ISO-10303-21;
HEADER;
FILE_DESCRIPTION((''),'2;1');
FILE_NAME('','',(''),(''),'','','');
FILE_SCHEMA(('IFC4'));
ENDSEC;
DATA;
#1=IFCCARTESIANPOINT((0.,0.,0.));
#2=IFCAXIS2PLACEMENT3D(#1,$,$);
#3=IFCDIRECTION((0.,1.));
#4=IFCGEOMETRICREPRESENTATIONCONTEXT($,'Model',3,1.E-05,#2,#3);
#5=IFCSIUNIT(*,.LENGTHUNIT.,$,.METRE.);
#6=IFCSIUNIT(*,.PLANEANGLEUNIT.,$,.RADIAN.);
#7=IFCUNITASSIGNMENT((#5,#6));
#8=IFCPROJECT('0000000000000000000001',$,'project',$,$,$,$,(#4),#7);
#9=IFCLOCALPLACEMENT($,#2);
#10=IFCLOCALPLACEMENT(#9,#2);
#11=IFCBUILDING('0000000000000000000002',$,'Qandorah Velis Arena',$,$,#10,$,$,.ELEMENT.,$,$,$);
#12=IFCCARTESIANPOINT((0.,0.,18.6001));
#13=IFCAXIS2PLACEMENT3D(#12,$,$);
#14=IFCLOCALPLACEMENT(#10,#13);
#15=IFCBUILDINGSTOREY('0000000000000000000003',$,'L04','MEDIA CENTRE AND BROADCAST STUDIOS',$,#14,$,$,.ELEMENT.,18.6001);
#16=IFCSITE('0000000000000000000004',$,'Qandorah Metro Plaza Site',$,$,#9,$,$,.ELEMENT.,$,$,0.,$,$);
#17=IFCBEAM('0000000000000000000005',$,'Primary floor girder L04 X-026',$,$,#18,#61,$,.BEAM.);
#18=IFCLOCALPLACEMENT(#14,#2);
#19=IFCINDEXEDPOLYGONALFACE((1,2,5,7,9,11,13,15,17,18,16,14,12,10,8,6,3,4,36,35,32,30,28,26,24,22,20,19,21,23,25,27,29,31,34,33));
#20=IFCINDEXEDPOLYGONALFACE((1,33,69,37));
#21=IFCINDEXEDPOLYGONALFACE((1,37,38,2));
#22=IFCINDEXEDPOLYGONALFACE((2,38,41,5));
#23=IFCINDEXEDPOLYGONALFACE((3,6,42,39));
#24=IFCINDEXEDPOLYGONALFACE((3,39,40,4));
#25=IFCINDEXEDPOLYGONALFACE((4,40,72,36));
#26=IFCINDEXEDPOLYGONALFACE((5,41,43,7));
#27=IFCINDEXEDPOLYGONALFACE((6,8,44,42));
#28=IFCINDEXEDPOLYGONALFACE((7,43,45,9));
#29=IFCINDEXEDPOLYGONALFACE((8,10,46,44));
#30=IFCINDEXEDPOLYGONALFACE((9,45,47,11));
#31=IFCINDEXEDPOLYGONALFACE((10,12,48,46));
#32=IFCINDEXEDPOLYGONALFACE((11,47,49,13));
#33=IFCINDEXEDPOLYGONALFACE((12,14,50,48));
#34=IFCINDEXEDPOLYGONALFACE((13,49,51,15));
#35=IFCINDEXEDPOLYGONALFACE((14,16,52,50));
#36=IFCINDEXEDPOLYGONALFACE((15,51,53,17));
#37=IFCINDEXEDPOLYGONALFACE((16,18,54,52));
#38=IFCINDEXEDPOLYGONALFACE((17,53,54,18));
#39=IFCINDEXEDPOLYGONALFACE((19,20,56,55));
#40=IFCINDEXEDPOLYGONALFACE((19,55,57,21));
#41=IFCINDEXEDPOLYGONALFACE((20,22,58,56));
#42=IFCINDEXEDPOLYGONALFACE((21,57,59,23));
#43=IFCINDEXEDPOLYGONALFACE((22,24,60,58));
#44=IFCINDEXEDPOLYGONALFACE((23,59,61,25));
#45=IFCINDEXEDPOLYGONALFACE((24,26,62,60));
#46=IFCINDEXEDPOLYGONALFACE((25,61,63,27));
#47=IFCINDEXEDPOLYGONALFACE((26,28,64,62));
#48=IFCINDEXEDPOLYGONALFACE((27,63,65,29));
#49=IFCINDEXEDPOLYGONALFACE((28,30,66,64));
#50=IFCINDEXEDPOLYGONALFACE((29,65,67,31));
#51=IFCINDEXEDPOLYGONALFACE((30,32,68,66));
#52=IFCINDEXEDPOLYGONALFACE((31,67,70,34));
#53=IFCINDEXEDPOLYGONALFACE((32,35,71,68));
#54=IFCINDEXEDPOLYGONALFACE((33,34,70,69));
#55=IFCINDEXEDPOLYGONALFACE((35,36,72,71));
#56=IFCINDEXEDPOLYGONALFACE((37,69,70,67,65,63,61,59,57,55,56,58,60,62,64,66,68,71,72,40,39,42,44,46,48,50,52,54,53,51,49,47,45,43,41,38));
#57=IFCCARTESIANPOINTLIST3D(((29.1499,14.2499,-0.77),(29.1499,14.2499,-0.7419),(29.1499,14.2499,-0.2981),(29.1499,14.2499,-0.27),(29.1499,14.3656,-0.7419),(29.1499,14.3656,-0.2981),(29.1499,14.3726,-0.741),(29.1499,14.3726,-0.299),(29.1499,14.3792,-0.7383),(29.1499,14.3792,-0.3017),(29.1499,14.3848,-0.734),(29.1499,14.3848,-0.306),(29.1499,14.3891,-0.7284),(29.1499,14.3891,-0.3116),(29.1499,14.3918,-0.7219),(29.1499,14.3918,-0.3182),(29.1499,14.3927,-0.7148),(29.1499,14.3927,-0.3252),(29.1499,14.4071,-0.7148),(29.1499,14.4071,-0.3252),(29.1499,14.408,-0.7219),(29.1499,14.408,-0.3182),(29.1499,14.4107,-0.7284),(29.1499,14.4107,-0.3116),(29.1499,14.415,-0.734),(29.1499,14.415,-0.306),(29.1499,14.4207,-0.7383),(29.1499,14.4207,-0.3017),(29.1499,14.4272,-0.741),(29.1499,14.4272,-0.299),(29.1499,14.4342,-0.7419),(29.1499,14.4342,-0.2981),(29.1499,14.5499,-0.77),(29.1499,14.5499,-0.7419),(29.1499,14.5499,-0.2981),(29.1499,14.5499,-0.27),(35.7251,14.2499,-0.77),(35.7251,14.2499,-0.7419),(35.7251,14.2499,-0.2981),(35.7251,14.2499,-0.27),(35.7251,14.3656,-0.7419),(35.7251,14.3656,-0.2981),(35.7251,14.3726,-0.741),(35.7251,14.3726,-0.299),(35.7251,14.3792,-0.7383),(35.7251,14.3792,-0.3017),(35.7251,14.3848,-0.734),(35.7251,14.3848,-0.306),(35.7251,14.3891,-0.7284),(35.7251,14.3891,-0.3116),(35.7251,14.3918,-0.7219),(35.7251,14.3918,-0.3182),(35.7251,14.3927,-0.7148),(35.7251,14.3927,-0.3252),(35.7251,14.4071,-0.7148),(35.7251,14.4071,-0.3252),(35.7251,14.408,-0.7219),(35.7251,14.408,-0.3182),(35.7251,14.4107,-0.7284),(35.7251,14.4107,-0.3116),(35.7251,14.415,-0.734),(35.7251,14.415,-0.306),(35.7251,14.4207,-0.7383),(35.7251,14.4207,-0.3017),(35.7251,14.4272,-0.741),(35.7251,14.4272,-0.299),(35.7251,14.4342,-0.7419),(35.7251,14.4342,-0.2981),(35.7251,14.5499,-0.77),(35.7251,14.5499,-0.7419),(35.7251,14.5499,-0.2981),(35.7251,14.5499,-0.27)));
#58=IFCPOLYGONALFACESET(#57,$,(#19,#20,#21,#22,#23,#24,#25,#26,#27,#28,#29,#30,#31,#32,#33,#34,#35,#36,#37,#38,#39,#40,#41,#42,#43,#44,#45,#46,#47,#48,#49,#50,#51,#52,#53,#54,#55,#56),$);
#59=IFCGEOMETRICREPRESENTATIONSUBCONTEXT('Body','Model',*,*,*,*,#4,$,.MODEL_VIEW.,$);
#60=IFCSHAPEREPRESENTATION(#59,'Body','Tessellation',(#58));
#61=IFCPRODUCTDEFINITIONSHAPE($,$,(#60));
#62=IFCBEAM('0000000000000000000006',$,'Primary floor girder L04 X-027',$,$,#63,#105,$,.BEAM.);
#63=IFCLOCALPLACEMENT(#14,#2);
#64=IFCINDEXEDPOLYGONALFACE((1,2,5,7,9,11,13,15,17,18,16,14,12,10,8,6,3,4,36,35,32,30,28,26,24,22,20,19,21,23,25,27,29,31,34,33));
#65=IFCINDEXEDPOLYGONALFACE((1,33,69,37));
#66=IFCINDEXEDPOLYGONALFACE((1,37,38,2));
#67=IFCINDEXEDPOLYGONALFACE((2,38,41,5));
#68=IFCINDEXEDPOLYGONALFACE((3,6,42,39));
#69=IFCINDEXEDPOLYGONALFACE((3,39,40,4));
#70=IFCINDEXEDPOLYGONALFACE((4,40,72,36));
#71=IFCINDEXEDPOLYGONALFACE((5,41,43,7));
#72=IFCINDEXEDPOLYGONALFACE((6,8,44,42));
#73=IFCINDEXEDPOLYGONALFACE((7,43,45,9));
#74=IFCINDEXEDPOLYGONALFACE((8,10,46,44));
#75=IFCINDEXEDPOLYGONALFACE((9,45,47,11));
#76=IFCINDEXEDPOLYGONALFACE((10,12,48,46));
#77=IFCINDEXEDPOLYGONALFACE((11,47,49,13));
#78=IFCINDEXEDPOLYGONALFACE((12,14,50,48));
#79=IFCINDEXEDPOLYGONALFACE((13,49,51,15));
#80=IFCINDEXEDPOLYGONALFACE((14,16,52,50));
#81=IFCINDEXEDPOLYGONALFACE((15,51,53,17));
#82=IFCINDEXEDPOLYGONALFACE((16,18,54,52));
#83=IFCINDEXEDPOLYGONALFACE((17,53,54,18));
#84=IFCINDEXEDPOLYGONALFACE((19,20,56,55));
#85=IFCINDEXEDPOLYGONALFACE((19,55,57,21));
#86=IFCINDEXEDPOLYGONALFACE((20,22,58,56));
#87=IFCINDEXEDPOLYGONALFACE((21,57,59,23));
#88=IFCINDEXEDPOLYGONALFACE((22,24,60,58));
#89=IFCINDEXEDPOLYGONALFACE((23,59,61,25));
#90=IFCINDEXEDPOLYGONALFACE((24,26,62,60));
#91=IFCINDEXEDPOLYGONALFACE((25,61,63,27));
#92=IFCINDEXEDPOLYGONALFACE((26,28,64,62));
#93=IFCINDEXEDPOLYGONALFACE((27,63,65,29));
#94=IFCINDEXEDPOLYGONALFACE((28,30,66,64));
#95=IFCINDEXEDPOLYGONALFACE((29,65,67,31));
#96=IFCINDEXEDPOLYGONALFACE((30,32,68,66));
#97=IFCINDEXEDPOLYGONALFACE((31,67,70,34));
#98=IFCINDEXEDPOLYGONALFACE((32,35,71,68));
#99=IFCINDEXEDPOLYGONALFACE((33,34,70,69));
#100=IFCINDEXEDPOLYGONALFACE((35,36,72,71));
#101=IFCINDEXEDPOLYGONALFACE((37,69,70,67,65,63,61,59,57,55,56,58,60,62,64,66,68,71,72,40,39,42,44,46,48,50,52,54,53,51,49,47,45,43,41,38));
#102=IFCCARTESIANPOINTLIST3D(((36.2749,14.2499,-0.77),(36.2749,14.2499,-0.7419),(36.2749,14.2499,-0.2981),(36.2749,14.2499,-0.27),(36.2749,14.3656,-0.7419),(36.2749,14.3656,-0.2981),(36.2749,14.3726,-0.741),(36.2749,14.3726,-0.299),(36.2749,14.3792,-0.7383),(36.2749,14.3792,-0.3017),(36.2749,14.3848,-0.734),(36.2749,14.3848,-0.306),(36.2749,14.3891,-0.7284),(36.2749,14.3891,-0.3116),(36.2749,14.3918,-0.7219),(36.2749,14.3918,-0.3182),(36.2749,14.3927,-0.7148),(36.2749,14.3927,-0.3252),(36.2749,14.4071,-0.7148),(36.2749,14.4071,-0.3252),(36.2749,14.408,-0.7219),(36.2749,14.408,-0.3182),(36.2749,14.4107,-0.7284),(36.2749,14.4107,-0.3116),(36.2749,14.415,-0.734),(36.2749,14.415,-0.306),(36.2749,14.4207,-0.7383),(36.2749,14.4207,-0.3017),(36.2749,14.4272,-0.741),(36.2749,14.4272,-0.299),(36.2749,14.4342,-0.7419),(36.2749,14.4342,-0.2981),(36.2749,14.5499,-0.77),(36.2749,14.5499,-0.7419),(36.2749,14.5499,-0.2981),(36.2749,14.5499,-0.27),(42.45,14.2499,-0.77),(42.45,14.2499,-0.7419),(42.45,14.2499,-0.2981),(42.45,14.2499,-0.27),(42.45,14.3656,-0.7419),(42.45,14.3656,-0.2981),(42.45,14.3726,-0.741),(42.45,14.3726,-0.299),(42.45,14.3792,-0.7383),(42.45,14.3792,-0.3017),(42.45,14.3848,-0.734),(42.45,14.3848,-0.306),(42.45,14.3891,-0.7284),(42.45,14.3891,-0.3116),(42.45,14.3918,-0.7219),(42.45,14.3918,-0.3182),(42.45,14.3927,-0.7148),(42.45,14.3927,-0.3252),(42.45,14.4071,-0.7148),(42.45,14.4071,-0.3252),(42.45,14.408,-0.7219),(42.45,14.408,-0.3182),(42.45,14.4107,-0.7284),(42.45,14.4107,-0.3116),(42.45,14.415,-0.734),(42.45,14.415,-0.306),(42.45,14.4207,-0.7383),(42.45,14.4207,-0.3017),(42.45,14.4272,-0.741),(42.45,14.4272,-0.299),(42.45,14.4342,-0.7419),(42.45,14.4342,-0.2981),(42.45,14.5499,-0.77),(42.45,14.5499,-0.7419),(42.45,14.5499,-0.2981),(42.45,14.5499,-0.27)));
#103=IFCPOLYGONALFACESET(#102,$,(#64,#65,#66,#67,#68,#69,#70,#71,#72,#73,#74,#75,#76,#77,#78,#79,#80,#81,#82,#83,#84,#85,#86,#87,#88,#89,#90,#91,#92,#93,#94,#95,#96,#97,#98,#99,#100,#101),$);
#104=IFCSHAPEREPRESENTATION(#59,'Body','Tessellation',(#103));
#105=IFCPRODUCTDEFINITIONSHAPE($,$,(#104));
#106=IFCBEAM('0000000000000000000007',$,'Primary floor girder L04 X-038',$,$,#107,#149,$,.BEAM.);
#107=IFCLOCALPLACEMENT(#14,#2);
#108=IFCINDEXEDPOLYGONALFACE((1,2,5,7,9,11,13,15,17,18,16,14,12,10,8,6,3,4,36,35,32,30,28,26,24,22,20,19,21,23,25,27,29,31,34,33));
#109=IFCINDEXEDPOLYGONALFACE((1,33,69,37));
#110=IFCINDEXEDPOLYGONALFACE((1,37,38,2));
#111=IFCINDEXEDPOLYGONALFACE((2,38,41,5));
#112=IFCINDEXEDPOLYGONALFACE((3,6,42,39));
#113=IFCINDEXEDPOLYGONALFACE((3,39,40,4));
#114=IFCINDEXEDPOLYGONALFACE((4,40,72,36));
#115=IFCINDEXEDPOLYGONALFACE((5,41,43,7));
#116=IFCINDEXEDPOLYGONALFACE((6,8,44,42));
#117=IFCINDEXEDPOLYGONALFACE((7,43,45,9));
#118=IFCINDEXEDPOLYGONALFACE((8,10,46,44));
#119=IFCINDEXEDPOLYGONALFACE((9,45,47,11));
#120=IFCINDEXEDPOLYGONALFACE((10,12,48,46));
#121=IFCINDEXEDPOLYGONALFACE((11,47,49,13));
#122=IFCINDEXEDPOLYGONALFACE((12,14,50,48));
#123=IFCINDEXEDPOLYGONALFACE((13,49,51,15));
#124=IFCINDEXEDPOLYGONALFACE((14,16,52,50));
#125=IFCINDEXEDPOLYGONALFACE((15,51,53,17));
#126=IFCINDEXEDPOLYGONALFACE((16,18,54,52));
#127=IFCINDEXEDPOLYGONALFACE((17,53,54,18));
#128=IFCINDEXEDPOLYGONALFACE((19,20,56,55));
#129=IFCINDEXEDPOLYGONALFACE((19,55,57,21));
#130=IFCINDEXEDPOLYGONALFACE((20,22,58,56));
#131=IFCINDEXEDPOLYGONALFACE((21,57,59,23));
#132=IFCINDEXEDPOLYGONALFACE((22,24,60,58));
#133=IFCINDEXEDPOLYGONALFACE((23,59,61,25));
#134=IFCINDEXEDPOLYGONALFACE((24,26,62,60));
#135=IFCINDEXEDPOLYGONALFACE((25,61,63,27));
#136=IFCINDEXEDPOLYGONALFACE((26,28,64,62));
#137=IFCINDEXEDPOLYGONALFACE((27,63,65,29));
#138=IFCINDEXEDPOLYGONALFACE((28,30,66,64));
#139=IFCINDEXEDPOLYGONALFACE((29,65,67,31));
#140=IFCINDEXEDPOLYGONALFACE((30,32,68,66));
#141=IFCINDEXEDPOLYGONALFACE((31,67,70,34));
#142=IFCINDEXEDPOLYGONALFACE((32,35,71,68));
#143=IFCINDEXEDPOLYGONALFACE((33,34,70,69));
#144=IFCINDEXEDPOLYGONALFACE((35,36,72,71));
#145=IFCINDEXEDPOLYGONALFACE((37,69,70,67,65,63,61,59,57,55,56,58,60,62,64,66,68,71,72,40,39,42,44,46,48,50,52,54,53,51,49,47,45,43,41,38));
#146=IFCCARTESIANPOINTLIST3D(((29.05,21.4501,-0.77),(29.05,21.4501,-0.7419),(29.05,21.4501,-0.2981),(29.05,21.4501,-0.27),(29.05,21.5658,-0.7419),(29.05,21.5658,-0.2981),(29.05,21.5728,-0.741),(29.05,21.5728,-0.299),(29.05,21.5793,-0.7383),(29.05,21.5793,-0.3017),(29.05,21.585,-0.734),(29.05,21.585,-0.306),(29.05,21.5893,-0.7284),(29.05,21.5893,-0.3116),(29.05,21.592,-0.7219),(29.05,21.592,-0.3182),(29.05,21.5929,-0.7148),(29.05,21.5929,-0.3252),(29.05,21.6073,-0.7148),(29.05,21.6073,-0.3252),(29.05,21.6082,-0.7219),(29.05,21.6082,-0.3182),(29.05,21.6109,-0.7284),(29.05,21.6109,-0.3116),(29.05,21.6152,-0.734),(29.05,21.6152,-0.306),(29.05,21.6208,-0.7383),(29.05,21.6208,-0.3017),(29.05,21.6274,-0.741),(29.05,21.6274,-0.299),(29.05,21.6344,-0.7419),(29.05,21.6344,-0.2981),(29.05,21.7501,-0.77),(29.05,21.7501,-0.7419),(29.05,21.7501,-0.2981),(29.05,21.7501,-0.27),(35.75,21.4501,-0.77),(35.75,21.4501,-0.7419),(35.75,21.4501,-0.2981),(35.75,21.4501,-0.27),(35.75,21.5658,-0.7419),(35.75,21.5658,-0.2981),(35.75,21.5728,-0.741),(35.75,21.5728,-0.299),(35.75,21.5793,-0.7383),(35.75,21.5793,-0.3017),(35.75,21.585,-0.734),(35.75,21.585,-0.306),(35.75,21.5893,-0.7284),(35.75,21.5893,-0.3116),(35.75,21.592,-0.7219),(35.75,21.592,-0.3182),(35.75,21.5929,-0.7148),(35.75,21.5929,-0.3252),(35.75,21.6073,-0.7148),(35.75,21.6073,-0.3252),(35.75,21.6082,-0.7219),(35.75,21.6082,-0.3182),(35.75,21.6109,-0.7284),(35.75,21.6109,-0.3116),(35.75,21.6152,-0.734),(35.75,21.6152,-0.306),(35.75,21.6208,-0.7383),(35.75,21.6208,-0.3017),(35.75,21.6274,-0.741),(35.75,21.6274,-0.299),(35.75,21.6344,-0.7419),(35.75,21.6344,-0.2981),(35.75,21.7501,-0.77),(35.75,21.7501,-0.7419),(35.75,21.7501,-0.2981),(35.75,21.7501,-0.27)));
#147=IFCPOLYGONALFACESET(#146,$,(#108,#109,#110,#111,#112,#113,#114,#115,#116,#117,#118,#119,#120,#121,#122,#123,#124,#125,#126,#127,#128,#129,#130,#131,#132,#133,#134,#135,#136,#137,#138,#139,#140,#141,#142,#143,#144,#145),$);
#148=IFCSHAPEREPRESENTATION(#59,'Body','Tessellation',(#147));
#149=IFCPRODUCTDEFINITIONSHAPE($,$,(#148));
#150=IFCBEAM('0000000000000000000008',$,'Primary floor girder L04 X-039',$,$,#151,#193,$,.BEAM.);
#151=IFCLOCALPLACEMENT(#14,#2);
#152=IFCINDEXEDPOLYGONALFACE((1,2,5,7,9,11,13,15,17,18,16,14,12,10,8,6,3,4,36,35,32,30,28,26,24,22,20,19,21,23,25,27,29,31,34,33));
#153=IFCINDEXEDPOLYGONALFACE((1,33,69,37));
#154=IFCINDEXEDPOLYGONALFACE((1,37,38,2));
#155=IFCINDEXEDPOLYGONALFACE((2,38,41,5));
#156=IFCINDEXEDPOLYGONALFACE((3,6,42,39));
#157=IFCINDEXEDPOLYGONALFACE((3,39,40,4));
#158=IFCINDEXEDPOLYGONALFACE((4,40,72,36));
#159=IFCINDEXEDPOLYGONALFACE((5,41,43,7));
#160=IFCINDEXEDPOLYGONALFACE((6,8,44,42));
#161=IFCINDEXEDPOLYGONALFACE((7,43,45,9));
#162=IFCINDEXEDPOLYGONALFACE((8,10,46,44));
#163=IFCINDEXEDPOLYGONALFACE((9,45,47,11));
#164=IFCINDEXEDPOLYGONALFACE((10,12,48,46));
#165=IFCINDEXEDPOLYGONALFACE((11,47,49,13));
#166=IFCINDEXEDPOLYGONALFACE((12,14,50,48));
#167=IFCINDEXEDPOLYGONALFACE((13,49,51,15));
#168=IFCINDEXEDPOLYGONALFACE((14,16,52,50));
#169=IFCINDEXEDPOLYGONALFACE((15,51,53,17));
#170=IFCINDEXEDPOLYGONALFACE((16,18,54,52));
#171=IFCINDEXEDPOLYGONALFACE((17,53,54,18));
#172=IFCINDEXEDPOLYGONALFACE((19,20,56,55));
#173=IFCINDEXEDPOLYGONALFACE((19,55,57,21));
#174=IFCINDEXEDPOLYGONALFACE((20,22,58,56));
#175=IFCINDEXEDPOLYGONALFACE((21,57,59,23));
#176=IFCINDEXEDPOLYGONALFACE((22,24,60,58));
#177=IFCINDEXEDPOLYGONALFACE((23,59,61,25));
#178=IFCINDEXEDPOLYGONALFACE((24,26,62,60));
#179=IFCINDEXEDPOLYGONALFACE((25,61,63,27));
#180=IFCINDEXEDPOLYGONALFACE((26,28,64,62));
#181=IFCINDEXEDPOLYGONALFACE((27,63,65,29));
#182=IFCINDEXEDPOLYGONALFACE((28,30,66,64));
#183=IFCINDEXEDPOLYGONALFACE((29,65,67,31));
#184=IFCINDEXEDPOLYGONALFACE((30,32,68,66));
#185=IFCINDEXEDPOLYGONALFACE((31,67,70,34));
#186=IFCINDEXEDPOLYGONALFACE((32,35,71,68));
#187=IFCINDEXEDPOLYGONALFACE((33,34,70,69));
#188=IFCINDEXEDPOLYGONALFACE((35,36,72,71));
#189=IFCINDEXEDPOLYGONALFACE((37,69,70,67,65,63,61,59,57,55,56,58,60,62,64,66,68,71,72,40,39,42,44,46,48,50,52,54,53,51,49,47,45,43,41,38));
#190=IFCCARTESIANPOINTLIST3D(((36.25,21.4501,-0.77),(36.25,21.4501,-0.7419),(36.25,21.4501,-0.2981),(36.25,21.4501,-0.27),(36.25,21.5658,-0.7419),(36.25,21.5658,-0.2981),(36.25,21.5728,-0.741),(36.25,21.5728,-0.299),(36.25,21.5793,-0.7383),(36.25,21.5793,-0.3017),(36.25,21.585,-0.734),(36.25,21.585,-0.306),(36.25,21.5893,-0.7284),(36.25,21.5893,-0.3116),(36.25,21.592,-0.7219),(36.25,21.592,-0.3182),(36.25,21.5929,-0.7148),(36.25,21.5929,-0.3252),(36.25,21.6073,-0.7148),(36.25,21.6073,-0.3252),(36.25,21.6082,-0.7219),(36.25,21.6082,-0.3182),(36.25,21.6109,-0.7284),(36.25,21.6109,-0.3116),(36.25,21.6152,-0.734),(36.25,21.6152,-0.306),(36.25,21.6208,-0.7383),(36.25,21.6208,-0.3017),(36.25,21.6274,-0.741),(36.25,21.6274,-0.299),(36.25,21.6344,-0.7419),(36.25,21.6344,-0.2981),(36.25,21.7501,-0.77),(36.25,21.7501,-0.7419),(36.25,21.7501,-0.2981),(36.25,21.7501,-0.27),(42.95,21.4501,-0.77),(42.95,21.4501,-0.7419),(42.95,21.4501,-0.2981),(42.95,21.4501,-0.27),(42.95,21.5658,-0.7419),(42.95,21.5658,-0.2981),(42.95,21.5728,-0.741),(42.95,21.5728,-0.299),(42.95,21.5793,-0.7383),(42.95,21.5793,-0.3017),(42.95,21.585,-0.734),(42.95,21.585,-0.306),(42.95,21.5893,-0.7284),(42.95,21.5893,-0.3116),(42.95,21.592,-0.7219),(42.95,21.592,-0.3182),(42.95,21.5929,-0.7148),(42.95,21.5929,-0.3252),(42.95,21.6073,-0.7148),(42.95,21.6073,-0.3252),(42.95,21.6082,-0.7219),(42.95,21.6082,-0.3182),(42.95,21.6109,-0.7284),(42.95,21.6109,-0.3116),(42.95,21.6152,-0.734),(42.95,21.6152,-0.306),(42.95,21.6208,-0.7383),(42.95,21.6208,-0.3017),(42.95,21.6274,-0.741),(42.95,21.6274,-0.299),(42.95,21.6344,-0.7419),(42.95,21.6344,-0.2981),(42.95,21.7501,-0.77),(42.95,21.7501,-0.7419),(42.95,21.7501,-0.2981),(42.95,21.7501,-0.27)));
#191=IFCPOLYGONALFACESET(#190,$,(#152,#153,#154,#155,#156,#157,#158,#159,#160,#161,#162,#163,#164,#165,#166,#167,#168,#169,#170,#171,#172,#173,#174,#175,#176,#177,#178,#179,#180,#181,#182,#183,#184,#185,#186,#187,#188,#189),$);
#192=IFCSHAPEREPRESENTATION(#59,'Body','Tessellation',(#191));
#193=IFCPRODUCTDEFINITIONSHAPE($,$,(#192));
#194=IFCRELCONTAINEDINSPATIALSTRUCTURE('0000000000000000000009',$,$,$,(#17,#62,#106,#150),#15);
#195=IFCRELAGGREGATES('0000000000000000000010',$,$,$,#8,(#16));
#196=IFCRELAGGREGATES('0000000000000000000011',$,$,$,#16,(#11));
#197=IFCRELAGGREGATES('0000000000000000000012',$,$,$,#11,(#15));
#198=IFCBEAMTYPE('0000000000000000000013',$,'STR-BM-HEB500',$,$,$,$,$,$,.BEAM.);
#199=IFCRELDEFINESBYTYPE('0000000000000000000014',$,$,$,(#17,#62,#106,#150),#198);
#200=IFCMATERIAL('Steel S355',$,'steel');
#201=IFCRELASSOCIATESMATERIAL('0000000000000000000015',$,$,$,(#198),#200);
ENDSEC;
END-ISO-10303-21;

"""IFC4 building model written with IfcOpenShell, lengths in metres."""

from ifc_helpers import new_model, si_unit, direction, frame, origin, origin_2d, place, context, subcontext, project, spatial, i_section, extrude, material, material_profile, profile_set, type_object, element, save


model = new_model("IFC4")

# Units and contexts
model_context = context("Model", 3, precision=1e-05, world=origin(), true_north=direction((0.0, 1.0)))
body_context = subcontext(model_context, "Body", "Model", "MODEL_VIEW")
ifc_project = project(units=[si_unit("LENGTHUNIT", "METRE"), si_unit("PLANEANGLEUNIT", "RADIAN")], contexts=[model_context])

# Site, building, storey
site_placement = place(None, origin())
site = spatial("IfcSite", under=ifc_project, at=site_placement, Name="Qandorah Metro Plaza Site", CompositionType="ELEMENT", RefElevation=0.0)
building_placement = place(site_placement, origin())
building = spatial("IfcBuilding", under=site, at=building_placement, Name="Qandorah Velis Arena", CompositionType="ELEMENT")
storey_placement = place(building_placement, frame((0.0, 0.0, 18.6001)))
storey = spatial("IfcBuildingStorey", under=building, at=storey_placement, Name="L04", Description="MEDIA CENTRE AND BROADCAST STUDIOS", CompositionType="ELEMENT", Elevation=18.6001)

# Shared definitions
ifc_material_1 = material(Name="Steel S355", Category="steel")

# Beams
ifc_material_profile_1 = material_profile(ifc_material_1, i_section(OverallWidth=0.3, OverallDepth=0.5, WebThickness=0.0144, FlangeThickness=0.0281, FilletRadius=0.0271, at=origin_2d()), Name="HEB 500")
ifc_profile_set_1 = profile_set([ifc_material_profile_1], Name="Steel S355")
beam_type_1 = type_object("IfcBeamType", Name="STR-BM-HEB500", PredefinedType="BEAM", material=ifc_profile_set_1)
beam_1_placement = place(storey_placement, frame((29.1499, 14.3999, -0.52), z_axis=(1.0, 0.0, 0.0), x_axis=(0.0, 1.0, 0.0)))
element("IfcBeam", 1, at=beam_1_placement, inside=storey, type_object=beam_type_1, Name="Primary floor girder L04 X-026", PredefinedType="BEAM", context=body_context, shape_type="SweptSolid", body=[
    extrude(i_section(OverallWidth=0.3, OverallDepth=0.5, WebThickness=0.0144, FlangeThickness=0.0281, FilletRadius=0.0271, at=origin_2d()), origin(), (0.0, 0.0, 1.0), 6.5752),
])
beam_2_placement = place(storey_placement, frame((36.2749, 14.3999, -0.52), z_axis=(1.0, 0.0, 0.0), x_axis=(0.0, 1.0, 0.0)))
element("IfcBeam", 2, at=beam_2_placement, inside=storey, type_object=beam_type_1, Name="Primary floor girder L04 X-027", PredefinedType="BEAM", context=body_context, shape_type="SweptSolid", body=[
    extrude(i_section(OverallWidth=0.3, OverallDepth=0.5, WebThickness=0.0144, FlangeThickness=0.0281, FilletRadius=0.0271, at=origin_2d()), origin(), (0.0, 0.0, 1.0), 6.175),
])
for number, where, z_axis, x_axis, name in (
    (3, (29.05, 21.6001, -0.52), (1.0, 0.0, 0.0), (0.0, 1.0, 0.0), "Primary floor girder L04 X-038"),
    (4, (36.25, 21.6001, -0.52), (1.0, 0.0, 0.0), (0.0, 1.0, 0.0), "Primary floor girder L04 X-039"),
):
    element("IfcBeam", number, at=place(storey_placement, frame(where, z_axis=z_axis, x_axis=x_axis)), inside=storey, type_object=beam_type_1, Name=name, PredefinedType="BEAM", context=body_context, shape_type="SweptSolid", body=[
        extrude(i_section(OverallWidth=0.3, OverallDepth=0.5, WebThickness=0.0144, FlangeThickness=0.0281, FilletRadius=0.0271, at=origin_2d()), origin(), (0.0, 0.0, 1.0), 6.7),
    ])

save(model, "model.ifc")
